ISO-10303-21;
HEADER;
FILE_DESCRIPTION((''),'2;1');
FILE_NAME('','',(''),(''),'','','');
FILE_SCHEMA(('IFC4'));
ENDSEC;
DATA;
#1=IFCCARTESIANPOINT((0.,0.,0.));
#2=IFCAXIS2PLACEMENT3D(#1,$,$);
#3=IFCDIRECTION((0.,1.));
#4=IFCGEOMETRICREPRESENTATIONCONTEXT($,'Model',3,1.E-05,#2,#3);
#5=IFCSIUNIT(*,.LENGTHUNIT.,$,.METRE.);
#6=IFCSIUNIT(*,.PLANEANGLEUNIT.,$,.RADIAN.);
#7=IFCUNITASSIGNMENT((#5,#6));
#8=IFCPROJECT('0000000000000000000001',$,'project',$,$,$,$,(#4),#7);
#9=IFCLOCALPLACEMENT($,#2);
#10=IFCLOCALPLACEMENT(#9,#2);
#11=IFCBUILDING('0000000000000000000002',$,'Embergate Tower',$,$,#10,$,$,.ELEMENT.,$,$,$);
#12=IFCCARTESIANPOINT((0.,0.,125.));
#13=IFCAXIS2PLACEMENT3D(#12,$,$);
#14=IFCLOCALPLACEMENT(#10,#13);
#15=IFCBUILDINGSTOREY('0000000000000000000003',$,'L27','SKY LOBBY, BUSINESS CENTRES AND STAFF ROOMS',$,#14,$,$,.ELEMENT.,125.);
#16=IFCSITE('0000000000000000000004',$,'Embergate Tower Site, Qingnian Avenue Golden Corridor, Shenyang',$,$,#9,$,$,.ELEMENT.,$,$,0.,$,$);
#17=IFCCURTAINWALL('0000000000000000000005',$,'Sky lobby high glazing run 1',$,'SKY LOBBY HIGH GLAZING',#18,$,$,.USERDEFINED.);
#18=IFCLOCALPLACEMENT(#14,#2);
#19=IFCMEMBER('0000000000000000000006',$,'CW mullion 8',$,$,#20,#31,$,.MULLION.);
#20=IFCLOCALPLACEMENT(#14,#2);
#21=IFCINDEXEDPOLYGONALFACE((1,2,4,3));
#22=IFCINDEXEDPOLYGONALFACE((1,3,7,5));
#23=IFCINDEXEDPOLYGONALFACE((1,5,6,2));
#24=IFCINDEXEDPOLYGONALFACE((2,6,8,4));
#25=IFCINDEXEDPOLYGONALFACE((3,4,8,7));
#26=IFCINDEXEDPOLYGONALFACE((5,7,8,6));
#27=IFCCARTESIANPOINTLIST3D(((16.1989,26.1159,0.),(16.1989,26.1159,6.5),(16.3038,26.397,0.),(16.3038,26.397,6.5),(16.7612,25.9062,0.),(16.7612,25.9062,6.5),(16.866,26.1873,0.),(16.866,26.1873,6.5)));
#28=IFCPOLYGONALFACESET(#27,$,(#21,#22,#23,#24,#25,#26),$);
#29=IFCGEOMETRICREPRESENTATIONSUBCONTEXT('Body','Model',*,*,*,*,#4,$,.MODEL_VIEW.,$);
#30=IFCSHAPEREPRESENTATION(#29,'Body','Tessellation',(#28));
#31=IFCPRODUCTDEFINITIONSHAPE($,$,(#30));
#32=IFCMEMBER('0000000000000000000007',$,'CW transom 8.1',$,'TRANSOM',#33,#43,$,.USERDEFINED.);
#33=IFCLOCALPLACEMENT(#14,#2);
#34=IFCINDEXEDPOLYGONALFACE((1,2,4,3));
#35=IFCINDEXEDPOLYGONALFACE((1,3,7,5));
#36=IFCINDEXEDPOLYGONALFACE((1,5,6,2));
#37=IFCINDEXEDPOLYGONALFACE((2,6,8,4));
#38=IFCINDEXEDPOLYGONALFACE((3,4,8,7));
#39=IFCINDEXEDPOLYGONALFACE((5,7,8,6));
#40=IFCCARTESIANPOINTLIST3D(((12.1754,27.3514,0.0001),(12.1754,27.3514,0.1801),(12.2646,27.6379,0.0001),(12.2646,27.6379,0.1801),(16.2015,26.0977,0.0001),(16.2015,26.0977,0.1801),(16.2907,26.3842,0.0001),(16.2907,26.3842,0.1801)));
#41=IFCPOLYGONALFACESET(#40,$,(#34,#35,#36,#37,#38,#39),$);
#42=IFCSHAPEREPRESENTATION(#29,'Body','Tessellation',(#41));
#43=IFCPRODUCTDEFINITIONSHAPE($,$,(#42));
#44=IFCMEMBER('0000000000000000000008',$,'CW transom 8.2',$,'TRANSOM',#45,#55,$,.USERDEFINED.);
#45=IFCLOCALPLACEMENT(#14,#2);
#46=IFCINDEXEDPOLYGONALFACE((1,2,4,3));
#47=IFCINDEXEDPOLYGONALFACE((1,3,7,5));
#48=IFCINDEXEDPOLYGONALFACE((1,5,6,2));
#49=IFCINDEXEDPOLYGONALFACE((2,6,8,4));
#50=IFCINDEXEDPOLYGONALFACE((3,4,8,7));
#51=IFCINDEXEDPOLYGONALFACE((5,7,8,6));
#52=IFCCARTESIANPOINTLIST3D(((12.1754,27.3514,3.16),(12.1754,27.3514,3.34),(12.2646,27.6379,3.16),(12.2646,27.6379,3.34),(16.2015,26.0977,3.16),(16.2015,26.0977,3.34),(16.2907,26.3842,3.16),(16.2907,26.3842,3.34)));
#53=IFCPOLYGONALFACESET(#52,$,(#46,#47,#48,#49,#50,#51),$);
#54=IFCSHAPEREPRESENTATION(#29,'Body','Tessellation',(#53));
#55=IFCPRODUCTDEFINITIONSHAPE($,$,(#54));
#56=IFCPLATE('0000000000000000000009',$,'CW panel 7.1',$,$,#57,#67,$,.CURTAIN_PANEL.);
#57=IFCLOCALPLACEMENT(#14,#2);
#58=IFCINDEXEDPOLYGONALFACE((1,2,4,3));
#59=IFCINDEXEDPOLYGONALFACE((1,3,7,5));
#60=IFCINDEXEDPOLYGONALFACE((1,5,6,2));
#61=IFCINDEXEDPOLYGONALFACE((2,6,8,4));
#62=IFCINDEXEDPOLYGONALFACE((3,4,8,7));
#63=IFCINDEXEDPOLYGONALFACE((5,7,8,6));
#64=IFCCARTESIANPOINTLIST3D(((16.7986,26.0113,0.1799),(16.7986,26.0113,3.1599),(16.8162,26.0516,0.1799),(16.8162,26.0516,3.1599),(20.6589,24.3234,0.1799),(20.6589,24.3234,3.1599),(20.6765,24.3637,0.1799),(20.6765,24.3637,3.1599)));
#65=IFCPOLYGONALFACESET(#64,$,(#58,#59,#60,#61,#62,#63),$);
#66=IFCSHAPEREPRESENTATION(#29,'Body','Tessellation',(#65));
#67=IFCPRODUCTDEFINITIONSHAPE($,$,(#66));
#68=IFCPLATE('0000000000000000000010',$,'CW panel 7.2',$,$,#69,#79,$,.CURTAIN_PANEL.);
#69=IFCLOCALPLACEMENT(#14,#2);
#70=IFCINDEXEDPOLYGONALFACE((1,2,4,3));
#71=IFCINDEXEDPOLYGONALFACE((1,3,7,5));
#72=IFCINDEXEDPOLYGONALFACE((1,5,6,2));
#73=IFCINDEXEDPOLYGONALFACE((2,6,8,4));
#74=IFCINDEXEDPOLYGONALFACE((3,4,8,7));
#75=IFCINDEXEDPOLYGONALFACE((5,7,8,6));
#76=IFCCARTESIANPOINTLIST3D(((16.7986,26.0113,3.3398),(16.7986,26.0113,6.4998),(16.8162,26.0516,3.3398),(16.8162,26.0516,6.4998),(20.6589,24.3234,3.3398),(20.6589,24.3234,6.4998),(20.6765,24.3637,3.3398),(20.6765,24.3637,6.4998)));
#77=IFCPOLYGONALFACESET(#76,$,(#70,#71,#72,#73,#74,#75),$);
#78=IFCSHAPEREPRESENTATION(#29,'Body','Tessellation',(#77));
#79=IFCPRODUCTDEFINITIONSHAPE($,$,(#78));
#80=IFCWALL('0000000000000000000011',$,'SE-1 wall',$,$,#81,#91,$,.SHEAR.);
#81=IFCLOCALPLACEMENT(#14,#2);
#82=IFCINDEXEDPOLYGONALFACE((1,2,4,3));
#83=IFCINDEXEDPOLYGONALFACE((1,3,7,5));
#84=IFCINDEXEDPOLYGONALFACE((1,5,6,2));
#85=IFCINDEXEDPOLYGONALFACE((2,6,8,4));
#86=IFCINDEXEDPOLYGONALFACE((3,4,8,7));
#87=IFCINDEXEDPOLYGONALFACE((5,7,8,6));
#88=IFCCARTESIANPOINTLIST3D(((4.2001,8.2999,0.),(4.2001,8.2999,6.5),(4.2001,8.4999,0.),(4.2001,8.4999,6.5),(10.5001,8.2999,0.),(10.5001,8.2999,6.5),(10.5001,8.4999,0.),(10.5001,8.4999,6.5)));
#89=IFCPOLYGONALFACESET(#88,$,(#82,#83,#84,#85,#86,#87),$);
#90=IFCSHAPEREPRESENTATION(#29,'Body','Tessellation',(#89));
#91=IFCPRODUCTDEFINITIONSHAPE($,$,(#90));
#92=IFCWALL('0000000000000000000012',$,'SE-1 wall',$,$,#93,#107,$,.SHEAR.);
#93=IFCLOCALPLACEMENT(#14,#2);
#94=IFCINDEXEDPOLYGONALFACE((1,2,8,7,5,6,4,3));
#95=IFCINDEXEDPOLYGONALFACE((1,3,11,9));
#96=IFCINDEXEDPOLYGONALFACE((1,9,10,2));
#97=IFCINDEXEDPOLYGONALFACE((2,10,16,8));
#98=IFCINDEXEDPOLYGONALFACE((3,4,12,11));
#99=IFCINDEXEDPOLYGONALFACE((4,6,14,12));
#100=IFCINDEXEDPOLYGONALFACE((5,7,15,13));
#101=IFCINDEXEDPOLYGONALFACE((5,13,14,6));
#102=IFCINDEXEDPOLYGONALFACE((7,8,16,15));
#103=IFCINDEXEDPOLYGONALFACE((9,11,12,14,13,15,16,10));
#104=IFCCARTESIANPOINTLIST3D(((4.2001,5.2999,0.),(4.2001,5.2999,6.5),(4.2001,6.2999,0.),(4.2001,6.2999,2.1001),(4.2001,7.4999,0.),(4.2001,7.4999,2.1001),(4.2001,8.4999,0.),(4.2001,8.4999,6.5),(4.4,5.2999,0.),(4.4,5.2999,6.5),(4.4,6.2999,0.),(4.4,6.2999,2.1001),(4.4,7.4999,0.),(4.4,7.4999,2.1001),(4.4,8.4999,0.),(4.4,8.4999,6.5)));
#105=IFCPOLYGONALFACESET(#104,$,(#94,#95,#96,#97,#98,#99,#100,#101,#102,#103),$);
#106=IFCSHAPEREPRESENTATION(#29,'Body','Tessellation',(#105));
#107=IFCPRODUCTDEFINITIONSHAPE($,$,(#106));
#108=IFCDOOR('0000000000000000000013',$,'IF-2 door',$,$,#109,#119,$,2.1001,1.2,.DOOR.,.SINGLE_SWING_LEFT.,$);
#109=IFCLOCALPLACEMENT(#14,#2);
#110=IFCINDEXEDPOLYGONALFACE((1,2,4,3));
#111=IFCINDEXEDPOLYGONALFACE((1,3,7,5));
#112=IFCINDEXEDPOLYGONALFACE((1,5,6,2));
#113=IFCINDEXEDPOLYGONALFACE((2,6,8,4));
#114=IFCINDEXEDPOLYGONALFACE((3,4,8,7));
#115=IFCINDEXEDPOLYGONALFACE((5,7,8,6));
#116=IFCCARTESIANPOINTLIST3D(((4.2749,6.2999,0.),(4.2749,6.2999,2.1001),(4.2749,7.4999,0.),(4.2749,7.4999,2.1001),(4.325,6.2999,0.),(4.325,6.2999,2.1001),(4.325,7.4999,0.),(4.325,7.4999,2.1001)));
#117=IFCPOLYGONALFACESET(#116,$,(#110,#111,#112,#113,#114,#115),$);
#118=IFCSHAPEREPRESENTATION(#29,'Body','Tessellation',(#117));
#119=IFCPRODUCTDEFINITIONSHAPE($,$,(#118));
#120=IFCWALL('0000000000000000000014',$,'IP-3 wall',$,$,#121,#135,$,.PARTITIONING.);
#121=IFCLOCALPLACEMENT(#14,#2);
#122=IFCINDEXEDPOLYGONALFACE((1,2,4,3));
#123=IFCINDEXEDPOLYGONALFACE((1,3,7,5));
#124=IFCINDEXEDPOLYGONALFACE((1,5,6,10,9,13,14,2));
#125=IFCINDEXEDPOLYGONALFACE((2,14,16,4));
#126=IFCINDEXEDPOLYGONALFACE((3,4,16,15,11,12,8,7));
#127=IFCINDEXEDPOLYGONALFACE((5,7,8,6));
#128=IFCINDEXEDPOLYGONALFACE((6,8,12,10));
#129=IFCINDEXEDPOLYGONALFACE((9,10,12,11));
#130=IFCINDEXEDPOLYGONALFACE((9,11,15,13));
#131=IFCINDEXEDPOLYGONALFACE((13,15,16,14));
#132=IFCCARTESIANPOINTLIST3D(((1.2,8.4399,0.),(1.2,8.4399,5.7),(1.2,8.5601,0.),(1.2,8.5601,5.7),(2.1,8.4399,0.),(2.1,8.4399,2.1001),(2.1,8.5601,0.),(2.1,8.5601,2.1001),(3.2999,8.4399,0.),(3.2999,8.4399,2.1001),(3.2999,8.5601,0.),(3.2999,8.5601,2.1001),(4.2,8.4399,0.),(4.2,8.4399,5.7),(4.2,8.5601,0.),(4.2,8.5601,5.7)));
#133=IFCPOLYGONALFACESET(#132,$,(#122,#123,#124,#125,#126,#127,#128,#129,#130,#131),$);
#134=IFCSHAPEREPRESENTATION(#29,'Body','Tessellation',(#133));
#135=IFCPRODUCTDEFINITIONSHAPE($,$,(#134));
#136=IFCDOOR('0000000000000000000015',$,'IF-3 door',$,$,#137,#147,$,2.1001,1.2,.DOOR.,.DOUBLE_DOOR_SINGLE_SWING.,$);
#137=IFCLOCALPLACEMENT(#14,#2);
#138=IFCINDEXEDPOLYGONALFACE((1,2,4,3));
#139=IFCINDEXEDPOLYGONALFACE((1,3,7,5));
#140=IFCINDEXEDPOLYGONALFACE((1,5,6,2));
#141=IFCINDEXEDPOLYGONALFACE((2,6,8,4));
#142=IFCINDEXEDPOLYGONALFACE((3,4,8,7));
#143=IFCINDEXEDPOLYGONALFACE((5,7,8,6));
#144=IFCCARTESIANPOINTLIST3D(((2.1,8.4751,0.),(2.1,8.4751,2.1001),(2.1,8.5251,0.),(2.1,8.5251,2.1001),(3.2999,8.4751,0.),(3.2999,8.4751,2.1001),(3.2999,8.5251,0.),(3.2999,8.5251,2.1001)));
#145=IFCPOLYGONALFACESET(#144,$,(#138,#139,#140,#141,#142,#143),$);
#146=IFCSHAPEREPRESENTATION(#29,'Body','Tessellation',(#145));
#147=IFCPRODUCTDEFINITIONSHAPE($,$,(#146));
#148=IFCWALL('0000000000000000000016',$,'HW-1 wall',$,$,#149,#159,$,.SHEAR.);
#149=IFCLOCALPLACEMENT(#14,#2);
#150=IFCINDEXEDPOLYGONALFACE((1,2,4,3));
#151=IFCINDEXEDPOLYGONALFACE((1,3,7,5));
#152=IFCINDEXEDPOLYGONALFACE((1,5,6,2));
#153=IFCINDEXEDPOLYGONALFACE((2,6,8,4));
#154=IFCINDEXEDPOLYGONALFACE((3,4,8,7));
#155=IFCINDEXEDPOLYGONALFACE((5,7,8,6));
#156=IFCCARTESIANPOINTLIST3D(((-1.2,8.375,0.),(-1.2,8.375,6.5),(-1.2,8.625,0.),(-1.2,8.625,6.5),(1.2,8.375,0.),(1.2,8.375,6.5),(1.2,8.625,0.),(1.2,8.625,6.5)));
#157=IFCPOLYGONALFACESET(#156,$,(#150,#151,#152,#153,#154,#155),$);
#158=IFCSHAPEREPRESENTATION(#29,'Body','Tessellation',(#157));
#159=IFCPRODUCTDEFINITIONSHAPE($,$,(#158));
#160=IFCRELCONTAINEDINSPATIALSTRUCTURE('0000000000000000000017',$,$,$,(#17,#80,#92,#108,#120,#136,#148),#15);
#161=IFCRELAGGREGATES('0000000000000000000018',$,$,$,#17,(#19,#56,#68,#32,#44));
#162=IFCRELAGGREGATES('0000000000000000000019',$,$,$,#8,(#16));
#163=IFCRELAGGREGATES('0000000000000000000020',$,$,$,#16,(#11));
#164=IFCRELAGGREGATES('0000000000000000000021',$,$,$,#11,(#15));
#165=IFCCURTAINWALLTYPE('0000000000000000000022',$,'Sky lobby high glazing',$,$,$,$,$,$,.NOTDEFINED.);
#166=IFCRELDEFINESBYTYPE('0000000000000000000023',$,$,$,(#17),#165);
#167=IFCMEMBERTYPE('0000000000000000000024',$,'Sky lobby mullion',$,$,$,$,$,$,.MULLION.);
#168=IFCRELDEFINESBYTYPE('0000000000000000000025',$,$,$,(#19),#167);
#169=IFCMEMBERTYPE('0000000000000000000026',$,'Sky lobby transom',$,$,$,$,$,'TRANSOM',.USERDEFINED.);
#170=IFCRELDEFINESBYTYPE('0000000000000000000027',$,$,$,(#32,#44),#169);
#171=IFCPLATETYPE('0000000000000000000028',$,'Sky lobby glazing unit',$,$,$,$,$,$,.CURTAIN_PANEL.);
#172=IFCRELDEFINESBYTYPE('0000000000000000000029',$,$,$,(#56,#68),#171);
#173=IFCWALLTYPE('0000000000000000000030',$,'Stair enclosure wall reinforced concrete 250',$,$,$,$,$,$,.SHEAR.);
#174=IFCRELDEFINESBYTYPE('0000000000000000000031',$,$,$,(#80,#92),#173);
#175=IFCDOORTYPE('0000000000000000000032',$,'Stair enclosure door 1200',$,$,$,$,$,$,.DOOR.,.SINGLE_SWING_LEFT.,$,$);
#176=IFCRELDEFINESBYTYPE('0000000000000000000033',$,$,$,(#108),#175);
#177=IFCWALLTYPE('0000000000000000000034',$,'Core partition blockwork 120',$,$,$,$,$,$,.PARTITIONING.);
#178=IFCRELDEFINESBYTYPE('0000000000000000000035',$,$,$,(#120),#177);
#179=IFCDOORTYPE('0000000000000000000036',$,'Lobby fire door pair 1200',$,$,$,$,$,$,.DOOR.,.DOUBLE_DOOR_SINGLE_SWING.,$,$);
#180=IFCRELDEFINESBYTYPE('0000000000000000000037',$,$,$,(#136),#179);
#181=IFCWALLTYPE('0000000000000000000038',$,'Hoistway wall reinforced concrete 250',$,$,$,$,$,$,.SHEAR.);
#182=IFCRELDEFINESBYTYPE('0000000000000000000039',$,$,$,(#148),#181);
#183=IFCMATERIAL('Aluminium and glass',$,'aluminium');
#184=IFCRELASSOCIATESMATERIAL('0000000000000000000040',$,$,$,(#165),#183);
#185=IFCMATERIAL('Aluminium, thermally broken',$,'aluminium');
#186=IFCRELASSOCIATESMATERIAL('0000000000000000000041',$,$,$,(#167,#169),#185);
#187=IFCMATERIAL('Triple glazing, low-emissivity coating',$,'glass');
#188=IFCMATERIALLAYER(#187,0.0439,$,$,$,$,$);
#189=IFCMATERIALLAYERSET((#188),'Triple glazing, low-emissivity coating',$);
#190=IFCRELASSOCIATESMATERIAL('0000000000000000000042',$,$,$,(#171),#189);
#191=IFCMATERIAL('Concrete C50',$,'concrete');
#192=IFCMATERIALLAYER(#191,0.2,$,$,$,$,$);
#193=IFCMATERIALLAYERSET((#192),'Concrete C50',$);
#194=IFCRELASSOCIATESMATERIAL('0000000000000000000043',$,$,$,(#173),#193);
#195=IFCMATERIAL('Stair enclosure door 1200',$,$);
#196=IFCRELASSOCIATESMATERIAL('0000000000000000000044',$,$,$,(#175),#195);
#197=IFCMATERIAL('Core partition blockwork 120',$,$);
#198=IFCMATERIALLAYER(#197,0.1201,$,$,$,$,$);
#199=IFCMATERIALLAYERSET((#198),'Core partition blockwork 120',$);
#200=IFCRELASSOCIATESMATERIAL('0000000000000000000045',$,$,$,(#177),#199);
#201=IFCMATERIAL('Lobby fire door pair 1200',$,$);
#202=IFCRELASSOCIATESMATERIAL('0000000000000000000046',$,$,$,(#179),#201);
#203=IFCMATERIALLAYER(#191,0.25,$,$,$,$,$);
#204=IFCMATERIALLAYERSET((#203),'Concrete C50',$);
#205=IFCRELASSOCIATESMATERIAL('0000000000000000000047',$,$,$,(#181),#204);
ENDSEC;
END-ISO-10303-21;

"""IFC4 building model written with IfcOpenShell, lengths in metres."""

from ifc_helpers import new_model, si_unit, direction, frame, frame_2d, origin, origin_2d, place, context, subcontext, project, spatial, rectangle, extrude, source, transform, mapped, material, layer, layer_set, material_profile, profile_set, type_object, element, fill, aggregate, save


model = new_model("IFC4")

# Units and contexts
model_context = context("Model", 3, precision=1e-05, world=origin(), true_north=direction((0.0, 1.0)))
body_context = subcontext(model_context, "Body", "Model", "MODEL_VIEW")
ifc_project = project(units=[si_unit("LENGTHUNIT", "METRE"), si_unit("PLANEANGLEUNIT", "RADIAN")], contexts=[model_context])

# Site, building, storey
site_placement = place(None, origin())
site = spatial("IfcSite", under=ifc_project, at=site_placement, Name="Embergate Tower Site, Qingnian Avenue Golden Corridor, Shenyang", CompositionType="ELEMENT", RefElevation=0.0)
building_placement = place(site_placement, origin())
building = spatial("IfcBuilding", under=site, at=building_placement, Name="Embergate Tower", CompositionType="ELEMENT")
storey_placement = place(building_placement, frame((0.0, 0.0, 125.0)))
storey = spatial("IfcBuildingStorey", under=building, at=storey_placement, Name="L27", Description="SKY LOBBY, BUSINESS CENTRES AND STAFF ROOMS", CompositionType="ELEMENT", Elevation=125.0)

# Curtain wall, members, plates
ifc_material_1 = material(Name="Aluminium and glass", Category="aluminium")
curtain_wall_type = type_object("IfcCurtainWallType", Name="Sky lobby high glazing", PredefinedType="NOTDEFINED", material=ifc_material_1)
curtain_wall_placement = place(storey_placement, origin())
curtain_wall = element("IfcCurtainWall", 1, at=curtain_wall_placement, inside=storey, type_object=curtain_wall_type, Name="Sky lobby high glazing run 1", ObjectType="SKY LOBBY HIGH GLAZING", PredefinedType="USERDEFINED")
ifc_material_2 = material(Name="Aluminium, thermally broken", Category="aluminium")
ifc_material_profile_1 = material_profile(ifc_material_2, rectangle(XDim=0.3, YDim=0.6001, at=origin_2d()), Name="AL 600x300")
ifc_profile_set_1 = profile_set([ifc_material_profile_1], Name="Aluminium, thermally broken")
member_type_1 = type_object("IfcMemberType", Name="Sky lobby mullion", PredefinedType="MULLION", material=ifc_profile_set_1)
shared_shape_1 = source(origin(), body_context, "Body", "SweptSolid", [
    extrude(rectangle(XDim=0.3, YDim=0.6001, at=origin_2d()), origin(), (0.0, 0.0, 1.0), 6.5),
])
member_1_placement = place(storey_placement, frame((16.5325, 26.1516, 0.0), z_axis=(0.0, 0.0, 1.0), x_axis=(-0.349498, -0.936937, 0.0)))
member_1 = element("IfcMember", 2, at=member_1_placement, type_object=member_type_1, Name="CW mullion 8", PredefinedType="MULLION", context=body_context, shape_type="MappedRepresentation", body=[
    mapped(shared_shape_1, transform((0.0, 0.0, 0.0))),
])
ifc_material_profile_2 = material_profile(ifc_material_2, rectangle(XDim=0.3, YDim=0.1799, at=origin_2d()), Name="AL 180x300")
ifc_profile_set_2 = profile_set([ifc_material_profile_2], Name="Aluminium, thermally broken")
member_type_2 = type_object("IfcMemberType", Name="Sky lobby transom", ElementType="TRANSOM", PredefinedType="USERDEFINED", material=ifc_profile_set_2)
shared_shape_2 = source(origin(), body_context, "Body", "SweptSolid", [
    extrude(rectangle(XDim=0.3, YDim=0.1799, at=origin_2d()), origin(), (0.0, 0.0, 1.0), 4.2168),
])
member_2_placement = place(storey_placement, frame((16.2461, 26.241, 0.0901), z_axis=(-0.954783, 0.297302, 0.0), x_axis=(-0.297302, -0.954783, 0.0)))
member_2 = element("IfcMember", 3, at=member_2_placement, type_object=member_type_2, Name="CW transom 8.1", ObjectType="TRANSOM", PredefinedType="USERDEFINED", context=body_context, shape_type="MappedRepresentation", body=[
    mapped(shared_shape_2, transform((0.0, 0.0, 0.0))),
])
member_3_placement = place(storey_placement, frame((16.2461, 26.241, 3.25), z_axis=(-0.954783, 0.297302, 0.0), x_axis=(-0.297302, -0.954783, 0.0)))
member_3 = element("IfcMember", 4, at=member_3_placement, type_object=member_type_2, Name="CW transom 8.2", ObjectType="TRANSOM", PredefinedType="USERDEFINED", context=body_context, shape_type="MappedRepresentation", body=[
    mapped(shared_shape_2, transform((0.0, 0.0, 0.0))),
])
ifc_material_3 = material(Name="Triple glazing, low-emissivity coating", Category="glass")
ifc_layer_1 = layer(ifc_material_3, 0.0439)
ifc_layer_set_1 = layer_set([ifc_layer_1], Name="Triple glazing, low-emissivity coating")
plate_type = type_object("IfcPlateType", Name="Sky lobby glazing unit", PredefinedType="CURTAIN_PANEL", material=ifc_layer_set_1)
shared_shape_3 = source(origin(), body_context, "Body", "SweptSolid", [
    extrude(rectangle(XDim=4.2131, YDim=0.0439, at=origin_2d()), origin(), (0.0, 0.0, 1.0), 2.98),
])
plate_1_placement = place(storey_placement, frame((18.7375, 25.1875, 0.1799), z_axis=(0.0, 0.0, 1.0), x_axis=(-0.916238, 0.400635, 0.0)))
plate_1 = element("IfcPlate", 5, at=plate_1_placement, type_object=plate_type, Name="CW panel 7.1", PredefinedType="CURTAIN_PANEL", context=body_context, shape_type="MappedRepresentation", body=[
    mapped(shared_shape_3, transform((0.0, 0.0, 0.0))),
])
shared_shape_4 = source(origin(), body_context, "Body", "SweptSolid", [
    extrude(rectangle(XDim=4.2131, YDim=0.0439, at=origin_2d()), origin(), (0.0, 0.0, 1.0), 3.1599),
])
plate_2_placement = place(storey_placement, frame((18.7375, 25.1875, 3.3398), z_axis=(0.0, 0.0, 1.0), x_axis=(-0.916238, 0.400635, 0.0)))
plate_2 = element("IfcPlate", 6, at=plate_2_placement, type_object=plate_type, Name="CW panel 7.2", PredefinedType="CURTAIN_PANEL", context=body_context, shape_type="MappedRepresentation", body=[
    mapped(shared_shape_4, transform((0.0, 0.0, 0.0))),
])
aggregate(curtain_wall, [member_1, plate_1, plate_2, member_2, member_3])

# Wall
ifc_material_4 = material(Name="Concrete C50", Category="concrete")
ifc_layer_2 = layer(ifc_material_4, 0.2)
ifc_layer_set_2 = layer_set([ifc_layer_2], Name="Concrete C50")
wall_type_1 = type_object("IfcWallType", Name="Stair enclosure wall reinforced concrete 250", PredefinedType="SHEAR", material=ifc_layer_set_2)
shared_shape_5 = source(origin(), body_context, "Body", "SweptSolid", [
    extrude(rectangle(XDim=6.3, YDim=0.2, at=frame_2d((3.1499, 0.0))), origin(), (0.0, 0.0, 1.0), 6.5),
])
wall_1_placement = place(storey_placement, frame((10.5, 8.3999, 0.0), z_axis=(0.0, 0.0, 1.0), x_axis=(-1.0, 0.0, 0.0)))
element("IfcWall", 7, at=wall_1_placement, inside=storey, type_object=wall_type_1, Name="SE-1 wall", PredefinedType="SHEAR", context=body_context, shape_type="MappedRepresentation", body=[
    mapped(shared_shape_5, transform((0.0, 0.0, 0.0))),
])

# Walls, openings, doors
shared_shape_6 = source(origin(), body_context, "Body", "SweptSolid", [
    extrude(rectangle(XDim=3.2, YDim=0.2, at=frame_2d((1.6001, 0.0))), origin(), (0.0, 0.0, 1.0), 6.5),
])
wall_2_placement = place(storey_placement, frame((4.3, 8.5, 0.0), z_axis=(0.0, 0.0, 1.0), x_axis=(0.0, -1.0, 0.0)))
wall_2 = element("IfcWall", 8, at=wall_2_placement, inside=storey, type_object=wall_type_1, Name="SE-1 wall", PredefinedType="SHEAR", context=body_context, shape_type="MappedRepresentation", body=[
    mapped(shared_shape_6, transform((0.0, 0.0, 0.0))),
])
shared_shape_7 = source(origin(), body_context, "Body", "SweptSolid", [
    extrude(rectangle(XDim=1.2, YDim=2.1001, at=frame_2d((0.6001, 1.05))), frame((0.0, 0.1099, 0.0), z_axis=(0.0, -1.0, 0.0), x_axis=(1.0, 0.0, 0.0)), (0.0, 0.0, 1.0), 0.22),
])
opening_1_placement = place(wall_2_placement, frame((1.0, 0.0, 0.0)))
opening_1 = element("IfcOpeningElement", 9, at=opening_1_placement, cuts=wall_2, PredefinedType="OPENING", context=body_context, shape_type="MappedRepresentation", body=[
    mapped(shared_shape_7, transform((0.0, 0.0, 0.0))),
])
ifc_material_5 = material(Name="Stair enclosure door 1200")
door_type_1 = type_object("IfcDoorType", Name="Stair enclosure door 1200", OperationType="SINGLE_SWING_LEFT", PredefinedType="DOOR", material=ifc_material_5)
shared_shape_8 = source(origin(), body_context, "Body", "SweptSolid", [
    extrude(rectangle(XDim=1.2, YDim=2.1001, at=frame_2d((0.6001, 1.05))), frame((0.0, 0.0249, 0.0), z_axis=(0.0, -1.0, 0.0), x_axis=(1.0, 0.0, 0.0)), (0.0, 0.0, 1.0), 0.05),
])
door_1_placement = place(opening_1_placement, origin())
door_1 = element("IfcDoor", 10, at=door_1_placement, inside=storey, type_object=door_type_1, Name="IF-2 door", OperationType="SINGLE_SWING_LEFT", OverallHeight=2.1001, OverallWidth=1.2, PredefinedType="DOOR", context=body_context, shape_type="MappedRepresentation", body=[
    mapped(shared_shape_8, transform((0.0, 0.0, 0.0))),
])
fill(opening_1, door_1)
ifc_material_6 = material(Name="Core partition blockwork 120")
ifc_layer_3 = layer(ifc_material_6, 0.1201)
ifc_layer_set_3 = layer_set([ifc_layer_3], Name="Core partition blockwork 120")
wall_type_2 = type_object("IfcWallType", Name="Core partition blockwork 120", PredefinedType="PARTITIONING", material=ifc_layer_set_3)
shared_shape_9 = source(origin(), body_context, "Body", "SweptSolid", [
    extrude(rectangle(XDim=3.0, YDim=0.1201, at=frame_2d((1.5, 0.0))), origin(), (0.0, 0.0, 1.0), 5.7),
])
wall_3_placement = place(storey_placement, frame((4.2, 8.5, 0.0), z_axis=(0.0, 0.0, 1.0), x_axis=(-1.0, 0.0, 0.0)))
wall_3 = element("IfcWall", 11, at=wall_3_placement, inside=storey, type_object=wall_type_2, Name="IP-3 wall", PredefinedType="PARTITIONING", context=body_context, shape_type="MappedRepresentation", body=[
    mapped(shared_shape_9, transform((0.0, 0.0, 0.0))),
])
shared_shape_10 = source(origin(), body_context, "Body", "SweptSolid", [
    extrude(rectangle(XDim=1.2, YDim=2.1001, at=frame_2d((0.6001, 1.05))), frame((0.0, 0.0701, 0.0), z_axis=(0.0, -1.0, 0.0), x_axis=(1.0, 0.0, 0.0)), (0.0, 0.0, 1.0), 0.1401),
])
opening_2_placement = place(wall_3_placement, frame((0.8999, 0.0, 0.0)))
opening_2 = element("IfcOpeningElement", 12, at=opening_2_placement, cuts=wall_3, PredefinedType="OPENING", context=body_context, shape_type="MappedRepresentation", body=[
    mapped(shared_shape_10, transform((0.0, 0.0, 0.0))),
])
ifc_material_7 = material(Name="Lobby fire door pair 1200")
door_type_2 = type_object("IfcDoorType", Name="Lobby fire door pair 1200", OperationType="DOUBLE_DOOR_SINGLE_SWING", PredefinedType="DOOR", material=ifc_material_7)
door_2_placement = place(opening_2_placement, origin())
door_2 = element("IfcDoor", 13, at=door_2_placement, inside=storey, type_object=door_type_2, Name="IF-3 door", OperationType="DOUBLE_DOOR_SINGLE_SWING", OverallHeight=2.1001, OverallWidth=1.2, PredefinedType="DOOR", context=body_context, shape_type="MappedRepresentation", body=[
    mapped(shared_shape_8, transform((0.0, 0.0, 0.0))),
])
fill(opening_2, door_2)

# Wall
ifc_layer_4 = layer(ifc_material_4, 0.25)
ifc_layer_set_4 = layer_set([ifc_layer_4], Name="Concrete C50")
wall_type_3 = type_object("IfcWallType", Name="Hoistway wall reinforced concrete 250", PredefinedType="SHEAR", material=ifc_layer_set_4)
shared_shape_11 = source(origin(), body_context, "Body", "SweptSolid", [
    extrude(rectangle(XDim=2.3999, YDim=0.25, at=frame_2d((1.2, 0.0))), origin(), (0.0, 0.0, 1.0), 6.5),
])
wall_4_placement = place(storey_placement, frame((1.2, 8.5, 0.0), z_axis=(0.0, 0.0, 1.0), x_axis=(-1.0, 0.0, 0.0)))
element("IfcWall", 14, at=wall_4_placement, inside=storey, type_object=wall_type_3, Name="HW-1 wall", PredefinedType="SHEAR", context=body_context, shape_type="MappedRepresentation", body=[
    mapped(shared_shape_11, transform((0.0, 0.0, 0.0))),
])

save(model, "model.ifc")
